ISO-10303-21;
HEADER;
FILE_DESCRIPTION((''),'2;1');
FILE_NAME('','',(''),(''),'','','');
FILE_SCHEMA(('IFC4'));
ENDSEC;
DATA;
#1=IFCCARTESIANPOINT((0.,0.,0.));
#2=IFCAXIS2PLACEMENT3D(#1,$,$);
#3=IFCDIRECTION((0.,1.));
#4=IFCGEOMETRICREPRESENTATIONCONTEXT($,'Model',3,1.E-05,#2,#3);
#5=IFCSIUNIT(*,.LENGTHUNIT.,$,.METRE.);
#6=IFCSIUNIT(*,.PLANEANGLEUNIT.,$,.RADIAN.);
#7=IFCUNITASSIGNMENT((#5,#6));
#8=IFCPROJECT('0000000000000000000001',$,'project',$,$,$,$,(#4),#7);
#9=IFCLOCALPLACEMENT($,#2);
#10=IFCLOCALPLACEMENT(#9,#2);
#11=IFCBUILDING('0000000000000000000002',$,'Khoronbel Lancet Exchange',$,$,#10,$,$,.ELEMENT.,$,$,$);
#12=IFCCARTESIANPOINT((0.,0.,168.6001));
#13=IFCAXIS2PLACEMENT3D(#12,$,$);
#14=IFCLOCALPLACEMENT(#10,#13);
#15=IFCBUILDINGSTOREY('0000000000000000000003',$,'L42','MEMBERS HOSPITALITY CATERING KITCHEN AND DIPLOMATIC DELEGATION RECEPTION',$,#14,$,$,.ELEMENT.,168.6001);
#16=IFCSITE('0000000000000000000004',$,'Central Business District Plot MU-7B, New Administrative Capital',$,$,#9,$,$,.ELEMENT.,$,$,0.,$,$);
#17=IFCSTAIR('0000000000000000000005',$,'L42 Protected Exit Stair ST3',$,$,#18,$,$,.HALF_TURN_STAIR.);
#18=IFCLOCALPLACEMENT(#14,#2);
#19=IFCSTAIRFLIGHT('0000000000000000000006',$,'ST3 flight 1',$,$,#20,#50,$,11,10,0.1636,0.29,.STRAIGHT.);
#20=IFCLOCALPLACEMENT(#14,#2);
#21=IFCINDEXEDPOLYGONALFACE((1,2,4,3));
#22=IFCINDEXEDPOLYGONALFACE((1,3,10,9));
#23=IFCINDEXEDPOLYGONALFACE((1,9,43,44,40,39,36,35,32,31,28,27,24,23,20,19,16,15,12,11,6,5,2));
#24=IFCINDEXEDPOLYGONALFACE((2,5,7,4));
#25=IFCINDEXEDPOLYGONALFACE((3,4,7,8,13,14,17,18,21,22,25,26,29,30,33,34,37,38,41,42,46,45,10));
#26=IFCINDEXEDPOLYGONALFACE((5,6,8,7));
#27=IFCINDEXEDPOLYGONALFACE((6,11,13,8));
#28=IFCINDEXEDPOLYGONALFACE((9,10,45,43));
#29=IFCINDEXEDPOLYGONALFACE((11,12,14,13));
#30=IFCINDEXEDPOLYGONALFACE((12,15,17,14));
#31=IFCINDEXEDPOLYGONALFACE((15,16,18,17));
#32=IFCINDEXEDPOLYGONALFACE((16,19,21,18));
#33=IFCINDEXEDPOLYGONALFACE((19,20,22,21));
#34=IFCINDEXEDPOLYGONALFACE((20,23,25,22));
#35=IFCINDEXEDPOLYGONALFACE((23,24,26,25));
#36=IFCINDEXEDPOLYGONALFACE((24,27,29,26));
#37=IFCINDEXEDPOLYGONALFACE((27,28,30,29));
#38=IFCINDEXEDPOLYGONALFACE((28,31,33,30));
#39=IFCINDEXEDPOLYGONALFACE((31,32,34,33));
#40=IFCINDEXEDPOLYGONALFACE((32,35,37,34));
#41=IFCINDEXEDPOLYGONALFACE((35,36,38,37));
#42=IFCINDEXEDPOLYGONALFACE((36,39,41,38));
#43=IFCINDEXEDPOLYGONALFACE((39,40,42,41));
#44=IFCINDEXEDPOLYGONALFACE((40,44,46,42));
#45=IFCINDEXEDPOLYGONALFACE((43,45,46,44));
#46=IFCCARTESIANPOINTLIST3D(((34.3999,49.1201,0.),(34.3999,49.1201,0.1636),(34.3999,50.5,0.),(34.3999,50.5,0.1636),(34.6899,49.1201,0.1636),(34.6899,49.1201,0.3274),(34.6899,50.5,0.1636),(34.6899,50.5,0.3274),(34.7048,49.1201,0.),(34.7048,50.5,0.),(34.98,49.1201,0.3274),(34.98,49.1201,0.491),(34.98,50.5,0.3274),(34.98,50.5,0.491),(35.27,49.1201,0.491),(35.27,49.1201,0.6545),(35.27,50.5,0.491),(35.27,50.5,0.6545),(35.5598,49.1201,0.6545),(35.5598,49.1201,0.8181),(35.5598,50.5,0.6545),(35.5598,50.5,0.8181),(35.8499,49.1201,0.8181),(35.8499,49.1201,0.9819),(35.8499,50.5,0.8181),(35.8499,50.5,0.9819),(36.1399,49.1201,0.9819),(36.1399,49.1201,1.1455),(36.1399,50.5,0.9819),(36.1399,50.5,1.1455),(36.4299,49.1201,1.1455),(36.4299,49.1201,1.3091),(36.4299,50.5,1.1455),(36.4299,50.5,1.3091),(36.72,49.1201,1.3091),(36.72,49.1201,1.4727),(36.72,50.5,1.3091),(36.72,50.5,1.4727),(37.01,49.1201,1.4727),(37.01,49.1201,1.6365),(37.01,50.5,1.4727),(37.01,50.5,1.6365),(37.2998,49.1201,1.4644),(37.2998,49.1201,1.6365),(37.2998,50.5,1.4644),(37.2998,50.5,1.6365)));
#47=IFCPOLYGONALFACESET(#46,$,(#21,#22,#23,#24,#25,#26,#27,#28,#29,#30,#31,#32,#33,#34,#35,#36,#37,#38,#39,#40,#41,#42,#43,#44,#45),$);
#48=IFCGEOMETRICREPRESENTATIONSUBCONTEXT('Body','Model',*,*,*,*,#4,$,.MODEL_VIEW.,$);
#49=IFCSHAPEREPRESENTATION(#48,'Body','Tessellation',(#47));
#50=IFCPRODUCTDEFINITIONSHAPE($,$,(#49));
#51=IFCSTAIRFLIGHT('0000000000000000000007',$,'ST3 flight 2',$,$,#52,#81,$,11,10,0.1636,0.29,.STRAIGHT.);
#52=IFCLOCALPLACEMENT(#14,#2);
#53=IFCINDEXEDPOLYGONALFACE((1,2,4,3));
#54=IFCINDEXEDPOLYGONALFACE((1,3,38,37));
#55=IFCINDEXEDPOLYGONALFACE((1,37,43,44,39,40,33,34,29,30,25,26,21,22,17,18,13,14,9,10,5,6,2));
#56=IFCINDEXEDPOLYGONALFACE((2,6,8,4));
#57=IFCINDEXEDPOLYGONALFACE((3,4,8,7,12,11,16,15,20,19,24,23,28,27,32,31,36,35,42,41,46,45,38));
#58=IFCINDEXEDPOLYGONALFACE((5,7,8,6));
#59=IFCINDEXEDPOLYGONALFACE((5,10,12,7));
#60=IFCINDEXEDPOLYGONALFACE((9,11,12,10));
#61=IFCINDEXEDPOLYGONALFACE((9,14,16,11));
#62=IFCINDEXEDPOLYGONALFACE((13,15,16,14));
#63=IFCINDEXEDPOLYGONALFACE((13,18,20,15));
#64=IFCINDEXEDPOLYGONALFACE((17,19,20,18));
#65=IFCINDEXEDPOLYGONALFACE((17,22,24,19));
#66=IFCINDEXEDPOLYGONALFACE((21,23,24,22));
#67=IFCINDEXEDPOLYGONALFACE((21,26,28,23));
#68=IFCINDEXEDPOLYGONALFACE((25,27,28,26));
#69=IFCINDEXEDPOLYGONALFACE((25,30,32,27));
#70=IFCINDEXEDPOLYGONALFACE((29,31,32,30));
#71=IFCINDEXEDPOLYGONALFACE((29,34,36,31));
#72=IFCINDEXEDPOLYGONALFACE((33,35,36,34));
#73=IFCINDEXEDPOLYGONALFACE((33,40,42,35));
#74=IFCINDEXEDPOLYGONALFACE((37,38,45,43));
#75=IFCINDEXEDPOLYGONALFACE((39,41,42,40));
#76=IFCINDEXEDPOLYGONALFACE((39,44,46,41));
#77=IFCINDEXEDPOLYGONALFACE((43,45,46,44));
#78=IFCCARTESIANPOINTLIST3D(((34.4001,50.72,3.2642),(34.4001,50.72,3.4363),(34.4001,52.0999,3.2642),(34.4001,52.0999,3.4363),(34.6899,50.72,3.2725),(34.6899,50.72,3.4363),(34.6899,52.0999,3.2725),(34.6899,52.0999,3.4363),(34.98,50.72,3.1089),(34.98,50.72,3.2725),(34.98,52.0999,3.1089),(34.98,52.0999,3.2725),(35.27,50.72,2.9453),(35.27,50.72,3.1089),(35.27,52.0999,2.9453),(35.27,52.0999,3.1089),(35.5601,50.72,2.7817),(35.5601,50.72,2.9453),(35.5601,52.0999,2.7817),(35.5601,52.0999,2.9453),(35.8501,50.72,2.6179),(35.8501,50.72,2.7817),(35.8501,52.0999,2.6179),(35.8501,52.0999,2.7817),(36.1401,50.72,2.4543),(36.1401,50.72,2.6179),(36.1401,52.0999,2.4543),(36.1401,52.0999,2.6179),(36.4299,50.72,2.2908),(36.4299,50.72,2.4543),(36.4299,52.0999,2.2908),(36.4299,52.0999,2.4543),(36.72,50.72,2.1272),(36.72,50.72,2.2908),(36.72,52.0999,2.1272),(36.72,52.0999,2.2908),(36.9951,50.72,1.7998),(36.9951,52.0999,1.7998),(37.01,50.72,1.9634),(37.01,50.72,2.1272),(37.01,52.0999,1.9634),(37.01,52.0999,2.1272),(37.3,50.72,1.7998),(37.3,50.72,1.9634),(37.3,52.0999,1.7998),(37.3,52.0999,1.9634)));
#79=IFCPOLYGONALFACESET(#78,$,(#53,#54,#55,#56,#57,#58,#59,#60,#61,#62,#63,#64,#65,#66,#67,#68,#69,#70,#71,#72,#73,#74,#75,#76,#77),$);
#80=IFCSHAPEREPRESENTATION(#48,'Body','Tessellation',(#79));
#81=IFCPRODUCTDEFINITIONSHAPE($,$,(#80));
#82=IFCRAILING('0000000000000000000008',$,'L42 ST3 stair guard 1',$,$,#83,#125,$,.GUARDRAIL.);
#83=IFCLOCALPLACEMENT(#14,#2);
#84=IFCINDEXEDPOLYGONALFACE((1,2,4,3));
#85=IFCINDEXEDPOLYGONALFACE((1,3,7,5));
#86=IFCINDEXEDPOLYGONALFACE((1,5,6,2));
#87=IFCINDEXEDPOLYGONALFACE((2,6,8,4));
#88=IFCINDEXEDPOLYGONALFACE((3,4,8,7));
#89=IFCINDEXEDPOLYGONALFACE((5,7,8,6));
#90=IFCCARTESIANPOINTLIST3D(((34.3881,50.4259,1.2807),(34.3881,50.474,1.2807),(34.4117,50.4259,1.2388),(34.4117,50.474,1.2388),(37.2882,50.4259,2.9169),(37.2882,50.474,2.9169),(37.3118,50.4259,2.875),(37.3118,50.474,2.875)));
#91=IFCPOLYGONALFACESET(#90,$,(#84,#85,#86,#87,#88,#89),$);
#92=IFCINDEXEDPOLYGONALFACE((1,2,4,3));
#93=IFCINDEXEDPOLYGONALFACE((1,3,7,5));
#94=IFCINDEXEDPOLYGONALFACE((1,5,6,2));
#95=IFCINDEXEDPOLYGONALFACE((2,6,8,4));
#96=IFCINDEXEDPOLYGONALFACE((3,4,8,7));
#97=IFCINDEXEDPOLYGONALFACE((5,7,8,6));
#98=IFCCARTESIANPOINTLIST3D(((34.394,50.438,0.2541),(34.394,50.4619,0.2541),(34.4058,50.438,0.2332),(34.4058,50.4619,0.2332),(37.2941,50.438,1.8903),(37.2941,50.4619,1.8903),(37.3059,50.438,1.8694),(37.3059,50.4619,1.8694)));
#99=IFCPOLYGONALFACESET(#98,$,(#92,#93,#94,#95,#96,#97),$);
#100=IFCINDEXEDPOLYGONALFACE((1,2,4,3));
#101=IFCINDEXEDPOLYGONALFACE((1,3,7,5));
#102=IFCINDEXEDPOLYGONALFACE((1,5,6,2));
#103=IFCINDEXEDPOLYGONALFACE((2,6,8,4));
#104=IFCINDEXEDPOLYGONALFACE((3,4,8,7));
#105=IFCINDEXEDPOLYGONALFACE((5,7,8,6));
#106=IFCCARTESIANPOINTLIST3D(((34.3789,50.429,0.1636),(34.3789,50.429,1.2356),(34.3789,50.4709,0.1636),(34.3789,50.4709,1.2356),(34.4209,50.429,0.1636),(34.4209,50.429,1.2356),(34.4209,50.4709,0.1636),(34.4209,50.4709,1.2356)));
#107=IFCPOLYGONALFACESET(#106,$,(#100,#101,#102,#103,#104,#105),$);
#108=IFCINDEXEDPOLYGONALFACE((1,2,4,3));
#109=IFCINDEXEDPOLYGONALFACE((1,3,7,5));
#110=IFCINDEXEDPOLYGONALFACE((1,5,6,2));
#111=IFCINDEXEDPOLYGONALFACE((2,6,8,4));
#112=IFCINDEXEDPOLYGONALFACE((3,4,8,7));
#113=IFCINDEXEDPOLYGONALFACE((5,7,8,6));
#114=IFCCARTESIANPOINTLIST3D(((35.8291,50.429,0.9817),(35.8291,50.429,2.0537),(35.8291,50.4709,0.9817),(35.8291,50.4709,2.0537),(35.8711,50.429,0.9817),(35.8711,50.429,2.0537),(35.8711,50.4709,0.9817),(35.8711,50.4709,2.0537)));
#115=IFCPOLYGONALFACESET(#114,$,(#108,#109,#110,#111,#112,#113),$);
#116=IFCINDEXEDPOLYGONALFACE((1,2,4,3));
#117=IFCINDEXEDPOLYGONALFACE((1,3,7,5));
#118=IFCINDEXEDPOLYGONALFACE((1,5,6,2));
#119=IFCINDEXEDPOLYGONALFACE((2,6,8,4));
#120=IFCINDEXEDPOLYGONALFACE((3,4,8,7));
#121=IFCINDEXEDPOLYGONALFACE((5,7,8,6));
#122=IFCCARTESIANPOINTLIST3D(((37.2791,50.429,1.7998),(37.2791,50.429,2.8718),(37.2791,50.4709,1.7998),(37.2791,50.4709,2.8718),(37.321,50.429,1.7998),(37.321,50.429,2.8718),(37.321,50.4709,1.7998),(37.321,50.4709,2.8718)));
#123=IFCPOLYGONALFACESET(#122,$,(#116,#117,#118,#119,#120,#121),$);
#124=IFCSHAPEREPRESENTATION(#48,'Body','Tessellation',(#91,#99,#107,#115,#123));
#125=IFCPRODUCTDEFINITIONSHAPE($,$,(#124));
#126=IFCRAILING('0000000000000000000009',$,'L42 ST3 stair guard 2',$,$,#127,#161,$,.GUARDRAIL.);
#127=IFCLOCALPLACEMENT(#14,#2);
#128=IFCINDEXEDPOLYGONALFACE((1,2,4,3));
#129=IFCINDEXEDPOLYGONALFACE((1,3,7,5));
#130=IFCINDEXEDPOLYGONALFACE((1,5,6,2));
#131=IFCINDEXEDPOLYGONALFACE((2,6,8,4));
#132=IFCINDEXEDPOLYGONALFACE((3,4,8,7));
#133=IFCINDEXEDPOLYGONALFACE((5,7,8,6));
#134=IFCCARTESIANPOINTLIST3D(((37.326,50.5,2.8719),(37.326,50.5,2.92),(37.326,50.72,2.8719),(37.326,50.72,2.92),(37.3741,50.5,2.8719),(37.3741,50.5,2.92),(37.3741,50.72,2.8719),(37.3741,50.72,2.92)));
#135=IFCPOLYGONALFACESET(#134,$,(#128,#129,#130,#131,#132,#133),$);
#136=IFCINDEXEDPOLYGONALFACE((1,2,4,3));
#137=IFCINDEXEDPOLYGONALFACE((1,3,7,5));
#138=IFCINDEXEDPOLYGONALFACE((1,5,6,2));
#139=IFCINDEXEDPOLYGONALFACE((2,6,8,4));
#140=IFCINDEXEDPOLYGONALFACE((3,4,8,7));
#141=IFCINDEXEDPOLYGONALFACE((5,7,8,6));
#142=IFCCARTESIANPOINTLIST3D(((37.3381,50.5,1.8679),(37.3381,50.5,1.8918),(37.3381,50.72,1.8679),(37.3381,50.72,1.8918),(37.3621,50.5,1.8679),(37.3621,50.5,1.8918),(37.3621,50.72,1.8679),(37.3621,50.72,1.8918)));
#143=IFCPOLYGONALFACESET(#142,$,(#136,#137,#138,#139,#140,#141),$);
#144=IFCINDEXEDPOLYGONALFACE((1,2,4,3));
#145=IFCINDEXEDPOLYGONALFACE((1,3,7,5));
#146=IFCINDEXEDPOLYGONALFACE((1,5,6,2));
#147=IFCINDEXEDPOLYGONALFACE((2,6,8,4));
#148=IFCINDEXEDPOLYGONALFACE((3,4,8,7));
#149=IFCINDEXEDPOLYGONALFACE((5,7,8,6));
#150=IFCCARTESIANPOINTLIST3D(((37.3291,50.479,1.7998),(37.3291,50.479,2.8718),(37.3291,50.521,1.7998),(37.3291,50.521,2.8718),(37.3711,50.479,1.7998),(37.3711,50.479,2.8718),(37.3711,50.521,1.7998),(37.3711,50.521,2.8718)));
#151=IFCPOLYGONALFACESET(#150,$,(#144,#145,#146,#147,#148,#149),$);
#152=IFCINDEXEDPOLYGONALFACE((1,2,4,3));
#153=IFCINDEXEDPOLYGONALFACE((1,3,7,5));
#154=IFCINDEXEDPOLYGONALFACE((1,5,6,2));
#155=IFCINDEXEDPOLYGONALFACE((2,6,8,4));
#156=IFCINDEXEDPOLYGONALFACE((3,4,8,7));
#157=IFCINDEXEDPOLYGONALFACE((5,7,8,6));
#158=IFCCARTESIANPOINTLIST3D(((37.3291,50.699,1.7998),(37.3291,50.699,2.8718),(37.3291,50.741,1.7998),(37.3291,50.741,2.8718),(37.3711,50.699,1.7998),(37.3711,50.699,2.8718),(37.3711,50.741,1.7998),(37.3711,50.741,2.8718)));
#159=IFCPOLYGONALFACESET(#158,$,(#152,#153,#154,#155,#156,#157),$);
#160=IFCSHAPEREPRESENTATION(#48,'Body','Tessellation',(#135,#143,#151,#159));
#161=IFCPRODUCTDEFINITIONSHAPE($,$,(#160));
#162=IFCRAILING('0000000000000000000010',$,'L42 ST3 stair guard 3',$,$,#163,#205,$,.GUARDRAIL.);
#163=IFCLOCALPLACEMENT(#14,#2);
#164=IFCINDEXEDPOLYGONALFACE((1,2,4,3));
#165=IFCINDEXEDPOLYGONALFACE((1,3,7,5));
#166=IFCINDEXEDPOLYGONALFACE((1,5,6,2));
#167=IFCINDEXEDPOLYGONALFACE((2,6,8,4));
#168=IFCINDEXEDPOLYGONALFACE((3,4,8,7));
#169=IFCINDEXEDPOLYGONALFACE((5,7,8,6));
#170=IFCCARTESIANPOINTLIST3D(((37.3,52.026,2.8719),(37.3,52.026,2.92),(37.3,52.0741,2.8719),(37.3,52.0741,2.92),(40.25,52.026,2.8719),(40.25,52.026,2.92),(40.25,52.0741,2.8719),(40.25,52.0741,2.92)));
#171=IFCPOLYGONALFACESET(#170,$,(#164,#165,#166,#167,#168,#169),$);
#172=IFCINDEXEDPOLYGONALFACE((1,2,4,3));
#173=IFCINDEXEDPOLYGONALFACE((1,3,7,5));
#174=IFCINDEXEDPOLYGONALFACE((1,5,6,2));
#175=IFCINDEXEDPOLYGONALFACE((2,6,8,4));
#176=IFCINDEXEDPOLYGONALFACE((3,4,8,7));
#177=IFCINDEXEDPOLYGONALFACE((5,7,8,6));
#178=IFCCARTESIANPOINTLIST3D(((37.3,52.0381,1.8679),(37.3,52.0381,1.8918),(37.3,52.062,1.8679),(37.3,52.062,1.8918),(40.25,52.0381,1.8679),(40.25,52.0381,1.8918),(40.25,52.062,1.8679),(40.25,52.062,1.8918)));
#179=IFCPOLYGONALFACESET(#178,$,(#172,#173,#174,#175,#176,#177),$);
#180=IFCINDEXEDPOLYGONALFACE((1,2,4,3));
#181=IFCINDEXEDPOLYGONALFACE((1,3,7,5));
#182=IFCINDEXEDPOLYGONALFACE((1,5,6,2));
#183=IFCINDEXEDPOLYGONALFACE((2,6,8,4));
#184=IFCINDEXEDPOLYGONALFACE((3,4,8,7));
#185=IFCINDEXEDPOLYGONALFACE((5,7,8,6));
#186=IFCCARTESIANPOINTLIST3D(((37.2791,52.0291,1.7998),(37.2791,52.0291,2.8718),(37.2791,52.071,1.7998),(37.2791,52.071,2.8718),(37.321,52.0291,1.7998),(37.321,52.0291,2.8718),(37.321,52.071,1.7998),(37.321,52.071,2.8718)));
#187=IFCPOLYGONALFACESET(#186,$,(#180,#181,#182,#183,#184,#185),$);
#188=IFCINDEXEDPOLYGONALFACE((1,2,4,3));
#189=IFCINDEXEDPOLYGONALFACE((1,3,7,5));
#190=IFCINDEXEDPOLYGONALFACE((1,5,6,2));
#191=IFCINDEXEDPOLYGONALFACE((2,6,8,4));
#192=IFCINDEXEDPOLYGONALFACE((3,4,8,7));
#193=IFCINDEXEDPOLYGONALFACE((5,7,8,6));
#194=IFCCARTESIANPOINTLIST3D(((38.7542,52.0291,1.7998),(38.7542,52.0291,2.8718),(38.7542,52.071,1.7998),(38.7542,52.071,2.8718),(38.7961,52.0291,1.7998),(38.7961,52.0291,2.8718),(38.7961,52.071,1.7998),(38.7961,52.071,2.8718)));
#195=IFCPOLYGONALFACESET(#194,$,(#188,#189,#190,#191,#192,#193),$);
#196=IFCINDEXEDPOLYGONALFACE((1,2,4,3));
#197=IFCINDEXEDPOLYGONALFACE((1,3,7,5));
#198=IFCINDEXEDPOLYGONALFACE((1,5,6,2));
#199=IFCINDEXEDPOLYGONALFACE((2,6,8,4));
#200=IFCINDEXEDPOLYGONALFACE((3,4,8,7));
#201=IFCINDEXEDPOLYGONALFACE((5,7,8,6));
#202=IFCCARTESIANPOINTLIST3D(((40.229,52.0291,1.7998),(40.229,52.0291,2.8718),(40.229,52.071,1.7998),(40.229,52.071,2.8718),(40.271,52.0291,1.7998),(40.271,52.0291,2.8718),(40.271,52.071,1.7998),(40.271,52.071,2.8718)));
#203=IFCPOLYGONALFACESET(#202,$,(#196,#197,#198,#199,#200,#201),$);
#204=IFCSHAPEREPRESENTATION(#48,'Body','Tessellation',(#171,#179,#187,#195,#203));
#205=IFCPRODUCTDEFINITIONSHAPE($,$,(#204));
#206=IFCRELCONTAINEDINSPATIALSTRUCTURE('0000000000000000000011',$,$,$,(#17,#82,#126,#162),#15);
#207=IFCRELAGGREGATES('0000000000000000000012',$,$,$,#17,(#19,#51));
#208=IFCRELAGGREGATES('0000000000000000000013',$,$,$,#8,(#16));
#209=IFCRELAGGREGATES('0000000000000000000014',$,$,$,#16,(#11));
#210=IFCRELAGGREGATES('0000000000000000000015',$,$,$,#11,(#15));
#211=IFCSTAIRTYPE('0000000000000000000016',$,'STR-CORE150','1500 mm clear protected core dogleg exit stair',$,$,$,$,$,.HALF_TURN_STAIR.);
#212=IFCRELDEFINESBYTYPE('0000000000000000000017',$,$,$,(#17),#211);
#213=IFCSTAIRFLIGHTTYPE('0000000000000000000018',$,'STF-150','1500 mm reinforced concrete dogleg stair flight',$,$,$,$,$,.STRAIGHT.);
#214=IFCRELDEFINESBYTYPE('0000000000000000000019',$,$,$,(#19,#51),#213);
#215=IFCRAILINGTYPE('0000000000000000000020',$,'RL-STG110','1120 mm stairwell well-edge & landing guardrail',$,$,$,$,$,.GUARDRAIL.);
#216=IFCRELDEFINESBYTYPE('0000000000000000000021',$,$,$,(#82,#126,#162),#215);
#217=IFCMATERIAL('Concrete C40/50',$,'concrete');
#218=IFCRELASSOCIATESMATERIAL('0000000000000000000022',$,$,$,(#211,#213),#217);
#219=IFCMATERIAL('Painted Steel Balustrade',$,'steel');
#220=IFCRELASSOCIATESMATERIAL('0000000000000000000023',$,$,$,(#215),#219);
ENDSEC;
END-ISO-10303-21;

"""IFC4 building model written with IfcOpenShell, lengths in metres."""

from ifc_helpers import new_model, si_unit, direction, frame, origin, origin_2d, place, context, subcontext, project, spatial, polyline, rectangle, outline, extrude, material, type_object, element, aggregate, save


model = new_model("IFC4")

# Units and contexts
model_context = context("Model", 3, precision=1e-05, world=origin(), true_north=direction((0.0, 1.0)))
body_context = subcontext(model_context, "Body", "Model", "MODEL_VIEW")
ifc_project = project(units=[si_unit("LENGTHUNIT", "METRE"), si_unit("PLANEANGLEUNIT", "RADIAN")], contexts=[model_context])

# Site, building, storey
site_placement = place(None, origin())
site = spatial("IfcSite", under=ifc_project, at=site_placement, Name="Central Business District Plot MU-7B, New Administrative Capital", CompositionType="ELEMENT", RefElevation=0.0)
building_placement = place(site_placement, origin())
building = spatial("IfcBuilding", under=site, at=building_placement, Name="Khoronbel Lancet Exchange", CompositionType="ELEMENT")
storey_placement = place(building_placement, frame((0.0, 0.0, 168.6001)))
storey = spatial("IfcBuildingStorey", under=building, at=storey_placement, Name="L42", Description="MEMBERS HOSPITALITY CATERING KITCHEN AND DIPLOMATIC DELEGATION RECEPTION", CompositionType="ELEMENT", Elevation=168.6001)

# Stair, stair flights
ifc_material_1 = material(Name="Concrete C40/50", Category="concrete")
stair_type = type_object("IfcStairType", Name="STR-CORE150", Description="1500 mm clear protected core dogleg exit stair", PredefinedType="HALF_TURN_STAIR", material=ifc_material_1)
stair_placement = place(storey_placement, origin())
stair = element("IfcStair", 1, at=stair_placement, inside=storey, type_object=stair_type, Name="L42 Protected Exit Stair ST3", PredefinedType="HALF_TURN_STAIR")
stair_flight_type = type_object("IfcStairFlightType", Name="STF-150", Description="1500 mm reinforced concrete dogleg stair flight", PredefinedType="STRAIGHT", material=ifc_material_1)
stair_flight_1_placement = place(storey_placement, frame((34.3999, 49.8101, 0.0), z_axis=(0.0, 0.0, 1.0), x_axis=(1.0, 0.0, 0.0)))
stair_flight_1 = element("IfcStairFlight", 2, at=stair_flight_1_placement, type_object=stair_flight_type, Name="ST3 flight 1", NumberOfRisers=11, NumberOfTreads=10, PredefinedType="STRAIGHT", RiserHeight=0.1636, TreadLength=0.29, context=body_context, shape_type="SweptSolid", body=[
    extrude(outline(polyline([(0.0, 0.0), (0.0, 0.1636), (0.29, 0.1636), (0.29, 0.3274), (0.5801, 0.3274), (0.5801, 0.491), (0.8701, 0.491), (0.8701, 0.6545), (1.1599, 0.6545), (1.1599, 0.8181), (1.45, 0.8181), (1.45, 0.9819), (1.74, 0.9819), (1.74, 1.1455), (2.03, 1.1455), (2.03, 1.3091), (2.3201, 1.3091), (2.3201, 1.4727), (2.6101, 1.4727), (2.6101, 1.6365), (2.8999, 1.6365), (2.8999, 1.8), (2.8999, 1.4644), (0.3049, 0.0), (0.0, 0.0)])), frame((0.0, 0.6899, 0.0), z_axis=(0.0, -1.0, 0.0), x_axis=(1.0, 0.0, 0.0)), (0.0, 0.0, 1.0), 1.3799),
])
stair_flight_2_placement = place(storey_placement, frame((37.3, 51.4099, 1.7998), z_axis=(0.0, 0.0, 1.0), x_axis=(-1.0, 0.0, 0.0)))
stair_flight_2 = element("IfcStairFlight", 3, at=stair_flight_2_placement, type_object=stair_flight_type, Name="ST3 flight 2", NumberOfRisers=11, NumberOfTreads=10, PredefinedType="STRAIGHT", RiserHeight=0.1636, TreadLength=0.29, context=body_context, shape_type="SweptSolid", body=[
    extrude(outline(polyline([(0.0, 0.0), (0.0, 0.1636), (0.29, 0.1636), (0.29, 0.3274), (0.5801, 0.3274), (0.5801, 0.491), (0.8701, 0.491), (0.8701, 0.6545), (1.1599, 0.6545), (1.1599, 0.8181), (1.45, 0.8181), (1.45, 0.9819), (1.74, 0.9819), (1.74, 1.1455), (2.03, 1.1455), (2.03, 1.3091), (2.3201, 1.3091), (2.3201, 1.4727), (2.6101, 1.4727), (2.6101, 1.6365), (2.8999, 1.6365), (2.8999, 1.8), (2.8999, 1.4644), (0.3049, 0.0), (0.0, 0.0)])), frame((0.0, 0.6899, 0.0), z_axis=(0.0, -1.0, 0.0), x_axis=(1.0, 0.0, 0.0)), (0.0, 0.0, 1.0), 1.3799),
])
aggregate(stair, [stair_flight_1, stair_flight_2])

# Railings
ifc_material_2 = material(Name="Painted Steel Balustrade", Category="steel")
railing_type_1 = type_object("IfcRailingType", Name="RL-STG110", Description="1120 mm stairwell well-edge & landing guardrail", PredefinedType="GUARDRAIL", material=ifc_material_2)
railing_1_placement = place(storey_placement, frame((34.3999, 50.45, 0.1636)))
element("IfcRailing", 4, at=railing_1_placement, inside=storey, type_object=railing_type_1, Name="L42 ST3 stair guard 1", PredefinedType="GUARDRAIL", context=body_context, shape_type="SweptSolid", body=[
    extrude(rectangle(XDim=0.0481, YDim=0.0481, at=origin_2d()), frame((0.0, 0.0, 1.0962), z_axis=(0.870946, 0.0, 0.491378), x_axis=(0.0, 1.0, 0.0)), (0.0, 0.0, 1.0), 3.3298),
    extrude(rectangle(XDim=0.0239, YDim=0.0239, at=origin_2d()), frame((0.0, 0.0, 0.0801), z_axis=(0.870946, 0.0, 0.491378), x_axis=(0.0, 1.0, 0.0)), (0.0, 0.0, 1.0), 3.3298),
    extrude(rectangle(XDim=0.042, YDim=0.042, at=origin_2d()), origin(), (0.0, 0.0, 1.0), 1.072),
    extrude(rectangle(XDim=0.042, YDim=0.042, at=origin_2d()), frame((1.4502, 0.0, 0.8181)), (0.0, 0.0, 1.0), 1.072),
    extrude(rectangle(XDim=0.042, YDim=0.042, at=origin_2d()), frame((2.9001, 0.0, 1.6362)), (0.0, 0.0, 1.0), 1.072),
])
railing_2_placement = place(storey_placement, frame((37.3501, 50.5, 1.7998)))
element("IfcRailing", 5, at=railing_2_placement, inside=storey, type_object=railing_type_1, Name="L42 ST3 stair guard 2", PredefinedType="GUARDRAIL", context=body_context, shape_type="SweptSolid", body=[
    extrude(rectangle(XDim=0.0481, YDim=0.0481, at=origin_2d()), frame((0.0, 0.0, 1.0962), z_axis=(0.0, 1.0, 0.0), x_axis=(-1.0, 0.0, 0.0)), (0.0, 0.0, 1.0), 0.22),
    extrude(rectangle(XDim=0.0239, YDim=0.0239, at=origin_2d()), frame((0.0, 0.0, 0.0801), z_axis=(0.0, 1.0, 0.0), x_axis=(-1.0, 0.0, 0.0)), (0.0, 0.0, 1.0), 0.22),
    extrude(rectangle(XDim=0.042, YDim=0.042, at=origin_2d()), origin(), (0.0, 0.0, 1.0), 1.072),
    extrude(rectangle(XDim=0.042, YDim=0.042, at=origin_2d()), frame((0.0, 0.22, 0.0)), (0.0, 0.0, 1.0), 1.072),
])
railing_3_placement = place(storey_placement, frame((37.3, 52.05, 1.7998)))
element("IfcRailing", 6, at=railing_3_placement, inside=storey, type_object=railing_type_1, Name="L42 ST3 stair guard 3", PredefinedType="GUARDRAIL", context=body_context, shape_type="SweptSolid", body=[
    extrude(rectangle(XDim=0.0481, YDim=0.0481, at=origin_2d()), frame((0.0, 0.0, 1.0962), z_axis=(1.0, 0.0, 0.0), x_axis=(0.0, 1.0, 0.0)), (0.0, 0.0, 1.0), 2.95),
    extrude(rectangle(XDim=0.0239, YDim=0.0239, at=origin_2d()), frame((0.0, 0.0, 0.0801), z_axis=(1.0, 0.0, 0.0), x_axis=(0.0, 1.0, 0.0)), (0.0, 0.0, 1.0), 2.95),
    extrude(rectangle(XDim=0.042, YDim=0.042, at=origin_2d()), origin(), (0.0, 0.0, 1.0), 1.072),
    extrude(rectangle(XDim=0.042, YDim=0.042, at=origin_2d()), frame((1.4751, 0.0, 0.0)), (0.0, 0.0, 1.0), 1.072),
    extrude(rectangle(XDim=0.042, YDim=0.042, at=origin_2d()), frame((2.95, 0.0, 0.0)), (0.0, 0.0, 1.0), 1.072),
])

save(model, "model.ifc")
